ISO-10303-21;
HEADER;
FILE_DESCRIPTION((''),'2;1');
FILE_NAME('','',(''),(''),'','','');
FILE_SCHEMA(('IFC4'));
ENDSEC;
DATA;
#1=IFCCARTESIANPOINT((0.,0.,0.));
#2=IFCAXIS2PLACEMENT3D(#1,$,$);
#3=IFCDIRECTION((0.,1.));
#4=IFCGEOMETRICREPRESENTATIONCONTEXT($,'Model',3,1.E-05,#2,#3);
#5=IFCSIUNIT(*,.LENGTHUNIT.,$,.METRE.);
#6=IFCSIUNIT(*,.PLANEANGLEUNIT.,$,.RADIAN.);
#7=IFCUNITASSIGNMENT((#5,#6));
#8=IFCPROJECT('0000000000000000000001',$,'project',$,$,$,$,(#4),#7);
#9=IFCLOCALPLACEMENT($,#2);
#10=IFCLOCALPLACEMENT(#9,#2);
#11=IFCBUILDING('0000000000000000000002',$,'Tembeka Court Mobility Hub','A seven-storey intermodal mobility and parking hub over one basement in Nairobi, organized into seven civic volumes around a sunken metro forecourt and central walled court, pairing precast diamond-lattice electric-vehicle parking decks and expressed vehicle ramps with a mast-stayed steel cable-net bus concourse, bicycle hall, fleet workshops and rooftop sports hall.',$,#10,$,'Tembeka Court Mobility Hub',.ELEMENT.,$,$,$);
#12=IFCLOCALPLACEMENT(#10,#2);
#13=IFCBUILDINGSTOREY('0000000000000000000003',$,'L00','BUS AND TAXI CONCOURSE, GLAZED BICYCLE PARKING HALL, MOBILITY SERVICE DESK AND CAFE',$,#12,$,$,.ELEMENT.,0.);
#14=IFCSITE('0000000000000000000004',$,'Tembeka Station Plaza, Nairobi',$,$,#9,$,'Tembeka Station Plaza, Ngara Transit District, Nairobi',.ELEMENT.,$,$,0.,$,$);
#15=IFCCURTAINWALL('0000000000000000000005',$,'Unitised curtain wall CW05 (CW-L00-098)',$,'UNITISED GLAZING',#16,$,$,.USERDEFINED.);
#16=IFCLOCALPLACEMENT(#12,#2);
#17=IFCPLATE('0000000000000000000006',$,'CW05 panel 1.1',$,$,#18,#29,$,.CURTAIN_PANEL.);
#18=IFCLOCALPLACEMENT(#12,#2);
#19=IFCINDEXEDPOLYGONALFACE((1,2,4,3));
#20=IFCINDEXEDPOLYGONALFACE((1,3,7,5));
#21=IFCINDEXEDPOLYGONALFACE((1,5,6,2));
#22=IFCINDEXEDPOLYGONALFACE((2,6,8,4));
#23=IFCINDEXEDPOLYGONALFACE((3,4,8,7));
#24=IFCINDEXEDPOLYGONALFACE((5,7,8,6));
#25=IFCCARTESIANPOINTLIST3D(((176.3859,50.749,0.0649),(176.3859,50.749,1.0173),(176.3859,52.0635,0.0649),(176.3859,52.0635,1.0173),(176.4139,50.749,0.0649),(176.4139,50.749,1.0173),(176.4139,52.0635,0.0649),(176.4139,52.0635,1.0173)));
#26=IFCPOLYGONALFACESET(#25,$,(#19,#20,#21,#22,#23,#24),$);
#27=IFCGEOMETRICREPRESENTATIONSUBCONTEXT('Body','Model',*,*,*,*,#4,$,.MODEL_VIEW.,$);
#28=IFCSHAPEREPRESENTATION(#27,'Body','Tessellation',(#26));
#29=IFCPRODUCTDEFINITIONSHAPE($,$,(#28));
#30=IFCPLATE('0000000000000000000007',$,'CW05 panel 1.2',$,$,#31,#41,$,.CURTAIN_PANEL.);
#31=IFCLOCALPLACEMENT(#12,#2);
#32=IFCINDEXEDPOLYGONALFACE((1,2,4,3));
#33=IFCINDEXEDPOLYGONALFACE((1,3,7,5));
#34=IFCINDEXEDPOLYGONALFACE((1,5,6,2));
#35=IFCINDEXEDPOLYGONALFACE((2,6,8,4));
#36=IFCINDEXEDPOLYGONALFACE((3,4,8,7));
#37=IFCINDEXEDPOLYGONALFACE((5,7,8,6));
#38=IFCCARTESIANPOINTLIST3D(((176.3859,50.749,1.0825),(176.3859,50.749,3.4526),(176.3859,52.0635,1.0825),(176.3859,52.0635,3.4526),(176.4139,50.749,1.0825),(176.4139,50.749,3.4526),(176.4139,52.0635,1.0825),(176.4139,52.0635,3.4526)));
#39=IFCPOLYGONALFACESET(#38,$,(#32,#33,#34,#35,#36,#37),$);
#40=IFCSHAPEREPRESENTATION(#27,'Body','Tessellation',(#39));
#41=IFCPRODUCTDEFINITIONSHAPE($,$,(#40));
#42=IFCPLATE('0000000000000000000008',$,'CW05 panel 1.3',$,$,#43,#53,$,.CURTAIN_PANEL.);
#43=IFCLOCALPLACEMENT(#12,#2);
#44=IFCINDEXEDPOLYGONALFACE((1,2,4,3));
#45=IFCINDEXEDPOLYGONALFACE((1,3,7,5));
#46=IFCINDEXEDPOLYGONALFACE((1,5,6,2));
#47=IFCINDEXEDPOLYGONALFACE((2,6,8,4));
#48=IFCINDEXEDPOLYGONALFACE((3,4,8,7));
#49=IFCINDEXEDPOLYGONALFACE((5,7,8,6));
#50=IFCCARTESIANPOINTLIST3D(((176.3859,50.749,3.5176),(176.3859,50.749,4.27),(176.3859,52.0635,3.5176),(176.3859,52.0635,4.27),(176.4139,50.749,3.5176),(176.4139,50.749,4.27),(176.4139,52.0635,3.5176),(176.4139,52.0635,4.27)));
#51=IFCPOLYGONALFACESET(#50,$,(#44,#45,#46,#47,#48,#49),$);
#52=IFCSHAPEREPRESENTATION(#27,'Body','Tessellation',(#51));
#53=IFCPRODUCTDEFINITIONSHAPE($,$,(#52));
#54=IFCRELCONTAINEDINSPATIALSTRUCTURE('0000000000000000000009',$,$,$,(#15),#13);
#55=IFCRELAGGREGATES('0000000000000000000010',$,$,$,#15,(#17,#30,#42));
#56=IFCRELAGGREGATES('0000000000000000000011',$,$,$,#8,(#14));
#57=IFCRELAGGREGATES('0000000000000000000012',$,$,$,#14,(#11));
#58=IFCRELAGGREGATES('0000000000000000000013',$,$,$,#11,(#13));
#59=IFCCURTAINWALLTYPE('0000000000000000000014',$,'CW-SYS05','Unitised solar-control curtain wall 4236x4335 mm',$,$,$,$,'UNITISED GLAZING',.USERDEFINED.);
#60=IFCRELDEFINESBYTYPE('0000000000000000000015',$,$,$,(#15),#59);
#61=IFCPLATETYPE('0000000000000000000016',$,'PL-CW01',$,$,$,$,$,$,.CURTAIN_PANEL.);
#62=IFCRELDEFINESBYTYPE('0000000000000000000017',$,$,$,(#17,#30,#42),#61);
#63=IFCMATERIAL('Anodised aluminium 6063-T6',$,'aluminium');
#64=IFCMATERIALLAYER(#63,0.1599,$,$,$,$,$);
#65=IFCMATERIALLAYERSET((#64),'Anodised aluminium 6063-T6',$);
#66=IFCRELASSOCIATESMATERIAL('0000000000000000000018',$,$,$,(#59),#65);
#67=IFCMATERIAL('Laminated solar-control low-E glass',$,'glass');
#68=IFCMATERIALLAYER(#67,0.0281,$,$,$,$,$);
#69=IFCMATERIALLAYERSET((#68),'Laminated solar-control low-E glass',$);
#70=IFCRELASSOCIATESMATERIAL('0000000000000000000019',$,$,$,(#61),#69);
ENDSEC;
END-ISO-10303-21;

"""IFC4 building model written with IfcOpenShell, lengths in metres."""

from ifc_helpers import new_model, si_unit, direction, frame, origin, origin_2d, place, context, subcontext, project, spatial, rectangle, extrude, material, layer, layer_set, type_object, element, aggregate, save


model = new_model("IFC4")

# Units and contexts
model_context = context("Model", 3, precision=1e-05, world=origin(), true_north=direction((0.0, 1.0)))
body_context = subcontext(model_context, "Body", "Model", "MODEL_VIEW")
ifc_project = project(units=[si_unit("LENGTHUNIT", "METRE"), si_unit("PLANEANGLEUNIT", "RADIAN")], contexts=[model_context])

# Site, building, storey
site_placement = place(None, origin())
site = spatial("IfcSite", under=ifc_project, at=site_placement, Name="Tembeka Station Plaza, Nairobi", LongName="Tembeka Station Plaza, Ngara Transit District, Nairobi", CompositionType="ELEMENT", RefElevation=0.0)
building_placement = place(site_placement, origin())
building = spatial("IfcBuilding", under=site, at=building_placement, Name="Tembeka Court Mobility Hub", Description="A seven-storey intermodal mobility and parking hub over one basement in Nairobi, organized into seven civic volumes around a sunken metro forecourt and central walled court, pairing precast diamond-lattice electric-vehicle parking decks and expressed vehicle ramps with a mast-stayed steel cable-net bus concourse, bicycle hall, fleet workshops and rooftop sports hall.", LongName="Tembeka Court Mobility Hub", CompositionType="ELEMENT")
storey_placement = place(building_placement, origin())
storey = spatial("IfcBuildingStorey", under=building, at=storey_placement, Name="L00", Description="BUS AND TAXI CONCOURSE, GLAZED BICYCLE PARKING HALL, MOBILITY SERVICE DESK AND CAFE", CompositionType="ELEMENT", Elevation=0.0)

# Curtain wall
ifc_material_1 = material(Name="Anodised aluminium 6063-T6", Category="aluminium")
ifc_layer_1 = layer(ifc_material_1, 0.1599)
ifc_layer_set_1 = layer_set([ifc_layer_1], Name="Anodised aluminium 6063-T6")
curtain_wall_type_1 = type_object("IfcCurtainWallType", Name="CW-SYS05", Description="Unitised solar-control curtain wall 4236x4335 mm", ElementType="UNITISED GLAZING", PredefinedType="USERDEFINED", material=ifc_layer_set_1)
curtain_wall_1_placement = place(storey_placement, origin())
curtain_wall_1 = element("IfcCurtainWall", 1, at=curtain_wall_1_placement, inside=storey, type_object=curtain_wall_type_1, Name="Unitised curtain wall CW05 (CW-L00-098)", ObjectType="UNITISED GLAZING", PredefinedType="USERDEFINED")

# Plates
ifc_material_2 = material(Name="Laminated solar-control low-E glass", Category="glass")
ifc_layer_2 = layer(ifc_material_2, 0.0281)
ifc_layer_set_2 = layer_set([ifc_layer_2], Name="Laminated solar-control low-E glass")
plate_type = type_object("IfcPlateType", Name="PL-CW01", PredefinedType="CURTAIN_PANEL", material=ifc_layer_set_2)
plate_1_placement = place(storey_placement, frame((176.3999, 51.4062, 0.0649), z_axis=(0.0, 0.0, 1.0), x_axis=(0.0, 1.0, 0.0)))
plate_1 = element("IfcPlate", 2, at=plate_1_placement, type_object=plate_type, Name="CW05 panel 1.1", PredefinedType="CURTAIN_PANEL", context=body_context, shape_type="SweptSolid", body=[
    extrude(rectangle(XDim=1.3145, YDim=0.0281, at=origin_2d()), origin(), (0.0, 0.0, 1.0), 0.9524),
])
plate_2_placement = place(storey_placement, frame((176.3999, 51.4062, 1.0825), z_axis=(0.0, 0.0, 1.0), x_axis=(0.0, 1.0, 0.0)))
plate_2 = element("IfcPlate", 3, at=plate_2_placement, type_object=plate_type, Name="CW05 panel 1.2", PredefinedType="CURTAIN_PANEL", context=body_context, shape_type="SweptSolid", body=[
    extrude(rectangle(XDim=1.3145, YDim=0.0281, at=origin_2d()), origin(), (0.0, 0.0, 1.0), 2.3701),
])
plate_3_placement = place(storey_placement, frame((176.3999, 51.4062, 3.5176), z_axis=(0.0, 0.0, 1.0), x_axis=(0.0, 1.0, 0.0)))
plate_3 = element("IfcPlate", 4, at=plate_3_placement, type_object=plate_type, Name="CW05 panel 1.3", PredefinedType="CURTAIN_PANEL", context=body_context, shape_type="SweptSolid", body=[
    extrude(rectangle(XDim=1.3145, YDim=0.0281, at=origin_2d()), origin(), (0.0, 0.0, 1.0), 0.7524),
])
aggregate(curtain_wall_1, [plate_1, plate_2, plate_3])

save(model, "model.ifc")
